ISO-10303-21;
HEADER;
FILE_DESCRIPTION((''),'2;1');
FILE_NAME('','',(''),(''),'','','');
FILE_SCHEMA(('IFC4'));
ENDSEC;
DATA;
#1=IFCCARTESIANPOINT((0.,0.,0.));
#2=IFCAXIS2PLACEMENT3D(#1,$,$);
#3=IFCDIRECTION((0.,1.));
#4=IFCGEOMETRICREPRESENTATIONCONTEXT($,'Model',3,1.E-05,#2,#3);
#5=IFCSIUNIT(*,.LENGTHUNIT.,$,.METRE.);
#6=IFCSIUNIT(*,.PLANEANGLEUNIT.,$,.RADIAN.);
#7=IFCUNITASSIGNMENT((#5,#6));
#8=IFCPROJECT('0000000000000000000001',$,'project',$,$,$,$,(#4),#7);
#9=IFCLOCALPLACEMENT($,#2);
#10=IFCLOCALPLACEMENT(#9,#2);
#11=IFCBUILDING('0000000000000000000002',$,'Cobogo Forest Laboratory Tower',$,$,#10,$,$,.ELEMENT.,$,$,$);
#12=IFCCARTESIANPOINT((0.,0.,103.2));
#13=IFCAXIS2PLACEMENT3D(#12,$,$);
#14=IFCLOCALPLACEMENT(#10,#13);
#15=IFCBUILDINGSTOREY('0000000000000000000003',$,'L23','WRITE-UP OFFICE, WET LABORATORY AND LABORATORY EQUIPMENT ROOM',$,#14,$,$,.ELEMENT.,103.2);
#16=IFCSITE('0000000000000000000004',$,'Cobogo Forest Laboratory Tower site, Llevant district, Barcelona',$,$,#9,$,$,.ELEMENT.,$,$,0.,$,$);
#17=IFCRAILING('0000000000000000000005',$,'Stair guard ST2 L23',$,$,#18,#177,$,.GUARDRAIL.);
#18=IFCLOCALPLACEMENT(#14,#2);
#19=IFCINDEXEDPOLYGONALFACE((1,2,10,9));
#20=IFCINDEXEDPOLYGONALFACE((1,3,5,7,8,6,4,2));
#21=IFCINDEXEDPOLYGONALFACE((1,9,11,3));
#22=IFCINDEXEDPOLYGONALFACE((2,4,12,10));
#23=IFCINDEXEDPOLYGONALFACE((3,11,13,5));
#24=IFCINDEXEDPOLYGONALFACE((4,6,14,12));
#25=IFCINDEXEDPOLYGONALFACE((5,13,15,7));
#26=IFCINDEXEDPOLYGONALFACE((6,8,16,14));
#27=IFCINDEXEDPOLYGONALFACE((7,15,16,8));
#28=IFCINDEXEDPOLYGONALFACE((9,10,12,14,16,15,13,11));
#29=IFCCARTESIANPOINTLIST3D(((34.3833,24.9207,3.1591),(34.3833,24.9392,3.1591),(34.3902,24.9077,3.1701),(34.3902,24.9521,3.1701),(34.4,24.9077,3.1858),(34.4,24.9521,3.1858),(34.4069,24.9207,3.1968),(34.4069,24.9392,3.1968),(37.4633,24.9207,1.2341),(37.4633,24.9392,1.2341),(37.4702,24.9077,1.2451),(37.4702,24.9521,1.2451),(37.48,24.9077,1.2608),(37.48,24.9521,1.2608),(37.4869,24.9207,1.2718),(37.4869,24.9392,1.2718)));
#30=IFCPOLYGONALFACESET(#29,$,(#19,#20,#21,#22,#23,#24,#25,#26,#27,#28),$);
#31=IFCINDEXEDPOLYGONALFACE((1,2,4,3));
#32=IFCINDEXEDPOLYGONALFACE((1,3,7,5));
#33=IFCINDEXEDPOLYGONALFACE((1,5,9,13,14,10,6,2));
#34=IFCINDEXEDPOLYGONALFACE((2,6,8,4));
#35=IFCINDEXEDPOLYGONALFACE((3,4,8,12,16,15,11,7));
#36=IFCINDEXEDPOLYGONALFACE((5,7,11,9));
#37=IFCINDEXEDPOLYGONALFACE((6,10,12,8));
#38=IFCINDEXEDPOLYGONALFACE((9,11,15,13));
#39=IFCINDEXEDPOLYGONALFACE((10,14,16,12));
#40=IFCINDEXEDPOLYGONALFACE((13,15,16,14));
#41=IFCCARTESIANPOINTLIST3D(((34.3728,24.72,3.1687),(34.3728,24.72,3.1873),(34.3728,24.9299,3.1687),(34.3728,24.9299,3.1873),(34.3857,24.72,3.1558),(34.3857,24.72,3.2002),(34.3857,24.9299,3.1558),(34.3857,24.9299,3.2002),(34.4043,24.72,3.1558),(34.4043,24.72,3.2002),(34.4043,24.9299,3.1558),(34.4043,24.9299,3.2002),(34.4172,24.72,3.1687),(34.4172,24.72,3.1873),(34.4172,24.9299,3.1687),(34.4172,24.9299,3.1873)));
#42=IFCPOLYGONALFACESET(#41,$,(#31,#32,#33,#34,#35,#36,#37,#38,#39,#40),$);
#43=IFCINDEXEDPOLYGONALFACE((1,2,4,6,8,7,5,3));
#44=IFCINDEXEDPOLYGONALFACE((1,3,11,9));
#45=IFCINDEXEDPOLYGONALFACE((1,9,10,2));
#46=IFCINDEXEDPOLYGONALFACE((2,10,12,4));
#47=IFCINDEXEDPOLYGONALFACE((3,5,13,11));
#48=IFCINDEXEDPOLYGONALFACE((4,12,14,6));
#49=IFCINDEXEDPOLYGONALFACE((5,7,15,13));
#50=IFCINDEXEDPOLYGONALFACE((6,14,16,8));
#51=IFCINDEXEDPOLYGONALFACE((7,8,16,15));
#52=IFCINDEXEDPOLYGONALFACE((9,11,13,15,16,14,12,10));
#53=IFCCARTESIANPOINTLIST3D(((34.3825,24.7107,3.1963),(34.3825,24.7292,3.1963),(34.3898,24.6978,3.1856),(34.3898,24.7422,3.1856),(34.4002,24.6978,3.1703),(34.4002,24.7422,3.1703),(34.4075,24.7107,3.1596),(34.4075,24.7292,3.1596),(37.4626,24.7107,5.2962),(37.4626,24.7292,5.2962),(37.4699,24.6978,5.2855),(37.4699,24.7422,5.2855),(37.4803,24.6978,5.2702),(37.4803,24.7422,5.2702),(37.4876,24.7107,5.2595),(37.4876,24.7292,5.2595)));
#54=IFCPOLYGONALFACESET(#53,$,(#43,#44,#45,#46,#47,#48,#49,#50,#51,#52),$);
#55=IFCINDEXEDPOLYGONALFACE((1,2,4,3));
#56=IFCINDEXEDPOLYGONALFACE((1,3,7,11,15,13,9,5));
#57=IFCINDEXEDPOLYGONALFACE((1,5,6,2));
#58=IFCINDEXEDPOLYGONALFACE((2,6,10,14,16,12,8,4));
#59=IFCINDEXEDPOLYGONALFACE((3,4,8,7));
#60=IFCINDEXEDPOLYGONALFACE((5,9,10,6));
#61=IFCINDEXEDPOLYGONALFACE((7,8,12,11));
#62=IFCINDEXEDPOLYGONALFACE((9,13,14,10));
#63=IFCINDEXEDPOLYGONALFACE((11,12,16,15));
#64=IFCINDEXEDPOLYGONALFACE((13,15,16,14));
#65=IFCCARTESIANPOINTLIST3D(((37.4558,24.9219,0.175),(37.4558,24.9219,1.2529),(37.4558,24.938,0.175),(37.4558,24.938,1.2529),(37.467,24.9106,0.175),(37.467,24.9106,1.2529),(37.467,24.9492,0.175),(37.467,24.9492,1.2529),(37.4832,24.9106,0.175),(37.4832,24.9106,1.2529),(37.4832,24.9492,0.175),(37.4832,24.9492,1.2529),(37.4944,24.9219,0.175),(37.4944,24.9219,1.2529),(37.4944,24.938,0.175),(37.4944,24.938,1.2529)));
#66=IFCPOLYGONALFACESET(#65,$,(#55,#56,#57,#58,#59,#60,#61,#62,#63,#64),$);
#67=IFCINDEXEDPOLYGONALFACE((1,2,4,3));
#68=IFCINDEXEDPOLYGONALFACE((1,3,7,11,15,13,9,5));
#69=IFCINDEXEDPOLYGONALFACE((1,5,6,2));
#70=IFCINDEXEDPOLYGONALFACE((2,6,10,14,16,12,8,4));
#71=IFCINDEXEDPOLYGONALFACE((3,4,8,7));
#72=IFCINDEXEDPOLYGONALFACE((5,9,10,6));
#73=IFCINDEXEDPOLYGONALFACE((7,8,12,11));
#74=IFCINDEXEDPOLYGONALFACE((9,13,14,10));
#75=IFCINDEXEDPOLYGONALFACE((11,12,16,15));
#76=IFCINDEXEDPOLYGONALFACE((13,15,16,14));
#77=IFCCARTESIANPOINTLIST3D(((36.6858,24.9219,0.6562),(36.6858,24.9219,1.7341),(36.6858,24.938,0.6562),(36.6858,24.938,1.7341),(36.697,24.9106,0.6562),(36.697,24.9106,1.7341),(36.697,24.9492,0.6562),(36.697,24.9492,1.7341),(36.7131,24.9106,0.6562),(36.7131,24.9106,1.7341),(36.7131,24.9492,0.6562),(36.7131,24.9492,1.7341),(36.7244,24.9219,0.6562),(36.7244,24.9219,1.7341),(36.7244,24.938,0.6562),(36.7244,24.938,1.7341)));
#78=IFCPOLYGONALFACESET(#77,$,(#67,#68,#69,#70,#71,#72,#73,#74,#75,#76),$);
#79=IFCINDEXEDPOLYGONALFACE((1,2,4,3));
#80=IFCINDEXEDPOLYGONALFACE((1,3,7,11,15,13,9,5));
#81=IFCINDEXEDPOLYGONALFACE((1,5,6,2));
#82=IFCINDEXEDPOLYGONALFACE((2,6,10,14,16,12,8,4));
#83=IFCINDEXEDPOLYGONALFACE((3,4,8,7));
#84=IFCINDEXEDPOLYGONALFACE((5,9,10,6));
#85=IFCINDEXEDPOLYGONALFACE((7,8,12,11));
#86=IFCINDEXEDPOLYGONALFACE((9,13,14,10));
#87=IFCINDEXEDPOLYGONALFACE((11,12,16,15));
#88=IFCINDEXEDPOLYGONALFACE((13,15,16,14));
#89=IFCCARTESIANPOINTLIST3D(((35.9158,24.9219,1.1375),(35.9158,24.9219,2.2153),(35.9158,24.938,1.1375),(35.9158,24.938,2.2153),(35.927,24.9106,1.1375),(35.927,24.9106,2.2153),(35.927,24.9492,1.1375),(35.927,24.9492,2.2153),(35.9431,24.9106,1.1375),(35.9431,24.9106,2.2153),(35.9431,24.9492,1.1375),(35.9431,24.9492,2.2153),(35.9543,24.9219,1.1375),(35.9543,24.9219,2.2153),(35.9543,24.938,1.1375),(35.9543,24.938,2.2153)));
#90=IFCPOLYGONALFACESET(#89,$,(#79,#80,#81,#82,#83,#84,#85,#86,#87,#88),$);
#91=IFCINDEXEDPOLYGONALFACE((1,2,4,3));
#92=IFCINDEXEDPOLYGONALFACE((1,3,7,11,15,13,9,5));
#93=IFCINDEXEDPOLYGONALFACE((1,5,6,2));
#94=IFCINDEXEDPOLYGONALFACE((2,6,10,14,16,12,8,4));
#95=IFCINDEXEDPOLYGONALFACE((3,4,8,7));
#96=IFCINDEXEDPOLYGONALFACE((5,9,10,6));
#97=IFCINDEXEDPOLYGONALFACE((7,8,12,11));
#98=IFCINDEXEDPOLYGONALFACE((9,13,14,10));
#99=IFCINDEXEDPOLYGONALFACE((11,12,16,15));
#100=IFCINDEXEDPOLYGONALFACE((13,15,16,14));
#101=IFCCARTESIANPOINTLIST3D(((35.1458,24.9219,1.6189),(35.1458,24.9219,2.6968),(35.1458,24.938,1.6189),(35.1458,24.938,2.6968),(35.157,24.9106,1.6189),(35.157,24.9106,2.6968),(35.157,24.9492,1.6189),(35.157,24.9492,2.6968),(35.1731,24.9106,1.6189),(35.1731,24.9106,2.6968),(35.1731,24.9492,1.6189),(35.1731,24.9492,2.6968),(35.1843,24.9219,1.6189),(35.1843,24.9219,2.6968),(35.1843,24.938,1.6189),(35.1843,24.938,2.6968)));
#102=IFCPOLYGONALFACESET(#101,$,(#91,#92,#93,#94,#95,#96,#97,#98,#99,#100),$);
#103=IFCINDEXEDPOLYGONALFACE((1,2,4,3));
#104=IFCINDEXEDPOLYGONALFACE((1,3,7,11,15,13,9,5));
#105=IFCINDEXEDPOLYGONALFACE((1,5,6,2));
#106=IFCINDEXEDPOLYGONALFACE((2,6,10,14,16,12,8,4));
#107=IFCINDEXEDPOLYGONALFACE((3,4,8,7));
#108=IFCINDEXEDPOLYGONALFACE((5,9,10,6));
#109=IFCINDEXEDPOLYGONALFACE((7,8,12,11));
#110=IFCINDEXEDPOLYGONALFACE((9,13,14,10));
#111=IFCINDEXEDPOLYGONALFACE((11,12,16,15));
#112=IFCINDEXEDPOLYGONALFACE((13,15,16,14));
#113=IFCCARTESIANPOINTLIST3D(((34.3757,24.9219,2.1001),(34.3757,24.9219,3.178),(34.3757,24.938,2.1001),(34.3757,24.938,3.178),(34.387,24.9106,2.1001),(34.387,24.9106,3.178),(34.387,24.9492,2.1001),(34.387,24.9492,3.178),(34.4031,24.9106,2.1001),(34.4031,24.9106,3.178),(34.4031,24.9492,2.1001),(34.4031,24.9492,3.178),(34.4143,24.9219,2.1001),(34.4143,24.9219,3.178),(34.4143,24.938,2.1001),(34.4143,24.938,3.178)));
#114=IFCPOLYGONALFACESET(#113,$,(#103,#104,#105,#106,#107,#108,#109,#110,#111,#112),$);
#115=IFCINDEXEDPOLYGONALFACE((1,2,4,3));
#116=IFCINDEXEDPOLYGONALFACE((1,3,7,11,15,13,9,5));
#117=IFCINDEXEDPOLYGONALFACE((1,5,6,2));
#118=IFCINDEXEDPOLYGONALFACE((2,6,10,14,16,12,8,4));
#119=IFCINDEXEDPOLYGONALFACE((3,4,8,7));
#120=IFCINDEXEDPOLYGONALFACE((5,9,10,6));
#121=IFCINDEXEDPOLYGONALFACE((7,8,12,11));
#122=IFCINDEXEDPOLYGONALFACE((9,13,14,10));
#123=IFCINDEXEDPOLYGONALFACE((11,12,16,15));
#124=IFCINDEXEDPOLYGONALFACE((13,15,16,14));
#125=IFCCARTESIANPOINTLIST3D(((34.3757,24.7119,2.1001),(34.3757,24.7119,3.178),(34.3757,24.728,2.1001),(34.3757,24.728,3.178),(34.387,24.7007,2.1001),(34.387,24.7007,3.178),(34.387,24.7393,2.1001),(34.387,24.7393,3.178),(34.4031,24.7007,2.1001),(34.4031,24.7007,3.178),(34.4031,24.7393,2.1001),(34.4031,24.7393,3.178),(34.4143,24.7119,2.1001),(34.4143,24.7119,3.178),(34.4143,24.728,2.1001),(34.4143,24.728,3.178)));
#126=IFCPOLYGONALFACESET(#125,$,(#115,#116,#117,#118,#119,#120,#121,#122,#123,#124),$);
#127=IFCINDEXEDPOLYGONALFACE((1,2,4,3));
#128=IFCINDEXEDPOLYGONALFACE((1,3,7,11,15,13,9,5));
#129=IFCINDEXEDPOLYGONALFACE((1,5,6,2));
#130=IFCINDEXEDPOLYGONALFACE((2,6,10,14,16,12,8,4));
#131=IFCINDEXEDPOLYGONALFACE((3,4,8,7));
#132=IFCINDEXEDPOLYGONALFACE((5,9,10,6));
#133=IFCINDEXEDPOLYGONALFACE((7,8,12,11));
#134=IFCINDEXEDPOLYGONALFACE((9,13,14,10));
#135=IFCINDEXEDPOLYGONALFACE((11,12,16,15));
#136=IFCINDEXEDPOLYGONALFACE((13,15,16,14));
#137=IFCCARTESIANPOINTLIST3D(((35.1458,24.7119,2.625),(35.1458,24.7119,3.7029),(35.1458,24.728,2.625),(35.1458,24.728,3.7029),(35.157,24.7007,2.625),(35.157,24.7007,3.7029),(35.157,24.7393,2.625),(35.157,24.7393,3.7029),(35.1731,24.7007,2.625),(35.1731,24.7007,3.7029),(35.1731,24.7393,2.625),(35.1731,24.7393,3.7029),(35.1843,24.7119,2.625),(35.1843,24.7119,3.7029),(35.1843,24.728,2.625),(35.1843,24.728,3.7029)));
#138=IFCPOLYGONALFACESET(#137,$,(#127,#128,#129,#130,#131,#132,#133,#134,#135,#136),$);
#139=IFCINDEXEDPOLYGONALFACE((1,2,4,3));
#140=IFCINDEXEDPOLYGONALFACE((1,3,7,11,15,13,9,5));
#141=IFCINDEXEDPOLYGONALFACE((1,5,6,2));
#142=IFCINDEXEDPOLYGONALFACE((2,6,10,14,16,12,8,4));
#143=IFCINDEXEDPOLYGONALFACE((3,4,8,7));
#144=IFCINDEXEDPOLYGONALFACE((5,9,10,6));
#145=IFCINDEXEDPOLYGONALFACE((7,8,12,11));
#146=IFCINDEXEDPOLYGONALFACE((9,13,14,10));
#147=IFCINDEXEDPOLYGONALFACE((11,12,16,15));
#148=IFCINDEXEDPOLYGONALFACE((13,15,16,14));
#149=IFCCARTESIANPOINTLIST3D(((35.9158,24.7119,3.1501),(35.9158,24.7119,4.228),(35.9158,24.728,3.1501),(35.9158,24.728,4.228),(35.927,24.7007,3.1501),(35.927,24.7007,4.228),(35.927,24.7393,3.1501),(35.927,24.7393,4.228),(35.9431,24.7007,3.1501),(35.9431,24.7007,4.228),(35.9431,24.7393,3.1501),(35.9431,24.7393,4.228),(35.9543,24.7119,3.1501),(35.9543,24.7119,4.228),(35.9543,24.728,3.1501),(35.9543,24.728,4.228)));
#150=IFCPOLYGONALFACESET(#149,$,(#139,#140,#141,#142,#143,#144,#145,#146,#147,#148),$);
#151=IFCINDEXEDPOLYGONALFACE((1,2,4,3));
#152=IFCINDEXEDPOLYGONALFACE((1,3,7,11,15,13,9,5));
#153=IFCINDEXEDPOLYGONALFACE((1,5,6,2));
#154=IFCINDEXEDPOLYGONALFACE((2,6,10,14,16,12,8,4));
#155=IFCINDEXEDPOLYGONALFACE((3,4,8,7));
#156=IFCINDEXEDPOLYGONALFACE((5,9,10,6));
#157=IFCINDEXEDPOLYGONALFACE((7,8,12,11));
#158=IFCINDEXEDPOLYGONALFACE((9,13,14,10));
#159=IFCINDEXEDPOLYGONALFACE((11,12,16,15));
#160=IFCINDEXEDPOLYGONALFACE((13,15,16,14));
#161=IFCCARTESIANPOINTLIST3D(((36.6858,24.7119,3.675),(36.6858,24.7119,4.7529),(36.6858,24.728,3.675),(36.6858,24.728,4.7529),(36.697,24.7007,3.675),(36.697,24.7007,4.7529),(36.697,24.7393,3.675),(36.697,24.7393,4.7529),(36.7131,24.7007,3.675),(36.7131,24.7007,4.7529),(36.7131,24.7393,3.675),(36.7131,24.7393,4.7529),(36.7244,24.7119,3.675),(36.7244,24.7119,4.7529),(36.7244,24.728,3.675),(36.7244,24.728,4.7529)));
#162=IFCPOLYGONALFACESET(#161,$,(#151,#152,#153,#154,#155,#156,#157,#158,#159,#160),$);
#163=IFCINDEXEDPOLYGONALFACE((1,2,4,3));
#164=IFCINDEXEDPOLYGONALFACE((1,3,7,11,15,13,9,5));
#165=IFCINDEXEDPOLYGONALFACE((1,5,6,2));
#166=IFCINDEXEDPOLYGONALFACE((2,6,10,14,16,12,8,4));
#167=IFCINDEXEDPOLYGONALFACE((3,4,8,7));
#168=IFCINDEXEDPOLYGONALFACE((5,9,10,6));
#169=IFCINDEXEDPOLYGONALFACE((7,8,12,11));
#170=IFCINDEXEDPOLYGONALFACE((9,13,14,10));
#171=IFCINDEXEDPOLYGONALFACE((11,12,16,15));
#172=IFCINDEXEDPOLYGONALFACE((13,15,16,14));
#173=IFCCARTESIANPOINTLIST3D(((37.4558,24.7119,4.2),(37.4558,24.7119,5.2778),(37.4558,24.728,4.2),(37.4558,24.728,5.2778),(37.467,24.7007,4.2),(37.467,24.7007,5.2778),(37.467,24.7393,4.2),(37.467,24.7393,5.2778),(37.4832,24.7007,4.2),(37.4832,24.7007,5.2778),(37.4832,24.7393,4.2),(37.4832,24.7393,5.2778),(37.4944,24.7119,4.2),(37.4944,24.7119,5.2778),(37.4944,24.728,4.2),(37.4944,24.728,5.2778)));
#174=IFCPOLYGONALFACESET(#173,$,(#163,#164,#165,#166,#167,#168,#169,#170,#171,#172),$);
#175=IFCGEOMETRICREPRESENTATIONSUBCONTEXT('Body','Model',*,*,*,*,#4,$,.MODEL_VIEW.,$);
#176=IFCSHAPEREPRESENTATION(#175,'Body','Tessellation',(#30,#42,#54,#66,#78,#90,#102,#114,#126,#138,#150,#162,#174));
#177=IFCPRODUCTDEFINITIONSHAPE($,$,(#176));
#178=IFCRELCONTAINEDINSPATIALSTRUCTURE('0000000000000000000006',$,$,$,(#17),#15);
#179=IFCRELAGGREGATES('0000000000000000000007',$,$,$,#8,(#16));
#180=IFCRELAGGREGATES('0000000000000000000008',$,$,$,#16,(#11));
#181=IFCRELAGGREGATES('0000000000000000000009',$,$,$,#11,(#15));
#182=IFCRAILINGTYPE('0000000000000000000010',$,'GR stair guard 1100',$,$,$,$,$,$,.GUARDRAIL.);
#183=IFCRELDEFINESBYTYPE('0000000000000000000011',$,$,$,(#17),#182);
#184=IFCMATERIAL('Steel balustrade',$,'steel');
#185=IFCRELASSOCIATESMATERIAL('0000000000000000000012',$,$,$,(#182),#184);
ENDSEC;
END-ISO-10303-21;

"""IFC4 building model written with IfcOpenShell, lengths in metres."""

from ifc_helpers import new_model, si_unit, direction, frame, origin, place, context, subcontext, project, spatial, polyline, outline, extrude, material, type_object, element, save


model = new_model("IFC4")

# Units and contexts
model_context = context("Model", 3, precision=1e-05, world=origin(), true_north=direction((0.0, 1.0)))
body_context = subcontext(model_context, "Body", "Model", "MODEL_VIEW")
ifc_project = project(units=[si_unit("LENGTHUNIT", "METRE"), si_unit("PLANEANGLEUNIT", "RADIAN")], contexts=[model_context])

# Site, building, storey
site_placement = place(None, origin())
site = spatial("IfcSite", under=ifc_project, at=site_placement, Name="Cobogo Forest Laboratory Tower site, Llevant district, Barcelona", CompositionType="ELEMENT", RefElevation=0.0)
building_placement = place(site_placement, origin())
building = spatial("IfcBuilding", under=site, at=building_placement, Name="Cobogo Forest Laboratory Tower", CompositionType="ELEMENT")
storey_placement = place(building_placement, frame((0.0, 0.0, 103.2)))
storey = spatial("IfcBuildingStorey", under=building, at=storey_placement, Name="L23", Description="WRITE-UP OFFICE, WET LABORATORY AND LABORATORY EQUIPMENT ROOM", CompositionType="ELEMENT", Elevation=103.2)

# Railing
ifc_material_1 = material(Name="Steel balustrade", Category="steel")
railing_type = type_object("IfcRailingType", Name="GR stair guard 1100", PredefinedType="GUARDRAIL", material=ifc_material_1)
railing_placement = place(storey_placement, frame((37.4751, 24.9299, 0.175)))
element("IfcRailing", 1, at=railing_placement, inside=storey, type_object=railing_type, Name="Stair guard ST2 L23", PredefinedType="GUARDRAIL", context=body_context, shape_type="SweptSolid", body=[
    extrude(outline(polyline([(0.0222, 0.0093), (0.0093, 0.0222), (-0.0093, 0.0222), (-0.0222, 0.0093), (-0.0222, -0.0093), (-0.0093, -0.0222), (0.0093, -0.0222), (0.0222, -0.0093), (0.0222, 0.0093)])), frame((0.0, 0.0, 1.0779), z_axis=(-0.847998, 0.0, 0.529999), x_axis=(0.0, -1.0, 0.0)), (0.0, 0.0, 1.0), 3.6321),
    extrude(outline(polyline([(0.0222, 0.0093), (0.0093, 0.0222), (-0.0093, 0.0222), (-0.0222, 0.0093), (-0.0222, -0.0093), (-0.0093, -0.0222), (0.0093, -0.0222), (0.0222, -0.0093), (0.0222, 0.0093)])), frame((-3.0801, 0.0, 3.0029), z_axis=(0.0, -1.0, 0.0), x_axis=(1.0, 0.0, 0.0)), (0.0, 0.0, 1.0), 0.21),
    extrude(outline(polyline([(0.0222, 0.0093), (0.0093, 0.0222), (-0.0093, 0.0222), (-0.0222, 0.0093), (-0.0222, -0.0093), (-0.0093, -0.0222), (0.0093, -0.0222), (0.0222, -0.0093), (0.0222, 0.0093)])), frame((-3.0801, -0.21, 3.0029), z_axis=(0.826252, 0.0, 0.5633), x_axis=(0.0, 1.0, 0.0)), (0.0, 0.0, 1.0), 3.7278),
    extrude(outline(polyline([(0.0193, 0.0081), (0.0081, 0.0193), (-0.0081, 0.0193), (-0.0193, 0.0081), (-0.0193, -0.0081), (-0.0081, -0.0193), (0.0081, -0.0193), (0.0193, -0.0081), (0.0193, 0.0081)])), origin(), (0.0, 0.0, 1.0), 1.0779),
    extrude(outline(polyline([(0.0193, 0.0081), (0.0081, 0.0193), (-0.0081, 0.0193), (-0.0193, 0.0081), (-0.0193, -0.0081), (-0.0081, -0.0193), (0.0081, -0.0193), (0.0193, -0.0081), (0.0193, 0.0081)])), frame((-0.77, 0.0, 0.4812)), (0.0, 0.0, 1.0), 1.0779),
    extrude(outline(polyline([(0.0193, 0.0081), (0.0081, 0.0193), (-0.0081, 0.0193), (-0.0193, 0.0081), (-0.0193, -0.0081), (-0.0081, -0.0193), (0.0081, -0.0193), (0.0193, -0.0081), (0.0193, 0.0081)])), frame((-1.54, 0.0, 0.9624)), (0.0, 0.0, 1.0), 1.0779),
    extrude(outline(polyline([(0.0193, 0.0081), (0.0081, 0.0193), (-0.0081, 0.0193), (-0.0193, 0.0081), (-0.0193, -0.0081), (-0.0081, -0.0193), (0.0081, -0.0193), (0.0193, -0.0081), (0.0193, 0.0081)])), frame((-2.3101, 0.0, 1.4438)), (0.0, 0.0, 1.0), 1.0779),
    extrude(outline(polyline([(0.0193, 0.0081), (0.0081, 0.0193), (-0.0081, 0.0193), (-0.0193, 0.0081), (-0.0193, -0.0081), (-0.0081, -0.0193), (0.0081, -0.0193), (0.0193, -0.0081), (0.0193, 0.0081)])), frame((-3.0801, 0.0, 1.925)), (0.0, 0.0, 1.0), 1.0779),
    extrude(outline(polyline([(0.0193, 0.0081), (0.0081, 0.0193), (-0.0081, 0.0193), (-0.0193, 0.0081), (-0.0193, -0.0081), (-0.0081, -0.0193), (0.0081, -0.0193), (0.0193, -0.0081), (0.0193, 0.0081)])), frame((-3.0801, -0.21, 1.925)), (0.0, 0.0, 1.0), 1.0779),
    extrude(outline(polyline([(0.0193, 0.0081), (0.0081, 0.0193), (-0.0081, 0.0193), (-0.0193, 0.0081), (-0.0193, -0.0081), (-0.0081, -0.0193), (0.0081, -0.0193), (0.0193, -0.0081), (0.0193, 0.0081)])), frame((-2.3101, -0.21, 2.45)), (0.0, 0.0, 1.0), 1.0779),
    extrude(outline(polyline([(0.0193, 0.0081), (0.0081, 0.0193), (-0.0081, 0.0193), (-0.0193, 0.0081), (-0.0193, -0.0081), (-0.0081, -0.0193), (0.0081, -0.0193), (0.0193, -0.0081), (0.0193, 0.0081)])), frame((-1.54, -0.21, 2.9751)), (0.0, 0.0, 1.0), 1.0779),
    extrude(outline(polyline([(0.0193, 0.0081), (0.0081, 0.0193), (-0.0081, 0.0193), (-0.0193, 0.0081), (-0.0193, -0.0081), (-0.0081, -0.0193), (0.0081, -0.0193), (0.0193, -0.0081), (0.0193, 0.0081)])), frame((-0.77, -0.21, 3.5)), (0.0, 0.0, 1.0), 1.0779),
    extrude(outline(polyline([(0.0193, 0.0081), (0.0081, 0.0193), (-0.0081, 0.0193), (-0.0193, 0.0081), (-0.0193, -0.0081), (-0.0081, -0.0193), (0.0081, -0.0193), (0.0193, -0.0081), (0.0193, 0.0081)])), frame((0.0, -0.21, 4.0249)), (0.0, 0.0, 1.0), 1.0779),
])

save(model, "model.ifc")
